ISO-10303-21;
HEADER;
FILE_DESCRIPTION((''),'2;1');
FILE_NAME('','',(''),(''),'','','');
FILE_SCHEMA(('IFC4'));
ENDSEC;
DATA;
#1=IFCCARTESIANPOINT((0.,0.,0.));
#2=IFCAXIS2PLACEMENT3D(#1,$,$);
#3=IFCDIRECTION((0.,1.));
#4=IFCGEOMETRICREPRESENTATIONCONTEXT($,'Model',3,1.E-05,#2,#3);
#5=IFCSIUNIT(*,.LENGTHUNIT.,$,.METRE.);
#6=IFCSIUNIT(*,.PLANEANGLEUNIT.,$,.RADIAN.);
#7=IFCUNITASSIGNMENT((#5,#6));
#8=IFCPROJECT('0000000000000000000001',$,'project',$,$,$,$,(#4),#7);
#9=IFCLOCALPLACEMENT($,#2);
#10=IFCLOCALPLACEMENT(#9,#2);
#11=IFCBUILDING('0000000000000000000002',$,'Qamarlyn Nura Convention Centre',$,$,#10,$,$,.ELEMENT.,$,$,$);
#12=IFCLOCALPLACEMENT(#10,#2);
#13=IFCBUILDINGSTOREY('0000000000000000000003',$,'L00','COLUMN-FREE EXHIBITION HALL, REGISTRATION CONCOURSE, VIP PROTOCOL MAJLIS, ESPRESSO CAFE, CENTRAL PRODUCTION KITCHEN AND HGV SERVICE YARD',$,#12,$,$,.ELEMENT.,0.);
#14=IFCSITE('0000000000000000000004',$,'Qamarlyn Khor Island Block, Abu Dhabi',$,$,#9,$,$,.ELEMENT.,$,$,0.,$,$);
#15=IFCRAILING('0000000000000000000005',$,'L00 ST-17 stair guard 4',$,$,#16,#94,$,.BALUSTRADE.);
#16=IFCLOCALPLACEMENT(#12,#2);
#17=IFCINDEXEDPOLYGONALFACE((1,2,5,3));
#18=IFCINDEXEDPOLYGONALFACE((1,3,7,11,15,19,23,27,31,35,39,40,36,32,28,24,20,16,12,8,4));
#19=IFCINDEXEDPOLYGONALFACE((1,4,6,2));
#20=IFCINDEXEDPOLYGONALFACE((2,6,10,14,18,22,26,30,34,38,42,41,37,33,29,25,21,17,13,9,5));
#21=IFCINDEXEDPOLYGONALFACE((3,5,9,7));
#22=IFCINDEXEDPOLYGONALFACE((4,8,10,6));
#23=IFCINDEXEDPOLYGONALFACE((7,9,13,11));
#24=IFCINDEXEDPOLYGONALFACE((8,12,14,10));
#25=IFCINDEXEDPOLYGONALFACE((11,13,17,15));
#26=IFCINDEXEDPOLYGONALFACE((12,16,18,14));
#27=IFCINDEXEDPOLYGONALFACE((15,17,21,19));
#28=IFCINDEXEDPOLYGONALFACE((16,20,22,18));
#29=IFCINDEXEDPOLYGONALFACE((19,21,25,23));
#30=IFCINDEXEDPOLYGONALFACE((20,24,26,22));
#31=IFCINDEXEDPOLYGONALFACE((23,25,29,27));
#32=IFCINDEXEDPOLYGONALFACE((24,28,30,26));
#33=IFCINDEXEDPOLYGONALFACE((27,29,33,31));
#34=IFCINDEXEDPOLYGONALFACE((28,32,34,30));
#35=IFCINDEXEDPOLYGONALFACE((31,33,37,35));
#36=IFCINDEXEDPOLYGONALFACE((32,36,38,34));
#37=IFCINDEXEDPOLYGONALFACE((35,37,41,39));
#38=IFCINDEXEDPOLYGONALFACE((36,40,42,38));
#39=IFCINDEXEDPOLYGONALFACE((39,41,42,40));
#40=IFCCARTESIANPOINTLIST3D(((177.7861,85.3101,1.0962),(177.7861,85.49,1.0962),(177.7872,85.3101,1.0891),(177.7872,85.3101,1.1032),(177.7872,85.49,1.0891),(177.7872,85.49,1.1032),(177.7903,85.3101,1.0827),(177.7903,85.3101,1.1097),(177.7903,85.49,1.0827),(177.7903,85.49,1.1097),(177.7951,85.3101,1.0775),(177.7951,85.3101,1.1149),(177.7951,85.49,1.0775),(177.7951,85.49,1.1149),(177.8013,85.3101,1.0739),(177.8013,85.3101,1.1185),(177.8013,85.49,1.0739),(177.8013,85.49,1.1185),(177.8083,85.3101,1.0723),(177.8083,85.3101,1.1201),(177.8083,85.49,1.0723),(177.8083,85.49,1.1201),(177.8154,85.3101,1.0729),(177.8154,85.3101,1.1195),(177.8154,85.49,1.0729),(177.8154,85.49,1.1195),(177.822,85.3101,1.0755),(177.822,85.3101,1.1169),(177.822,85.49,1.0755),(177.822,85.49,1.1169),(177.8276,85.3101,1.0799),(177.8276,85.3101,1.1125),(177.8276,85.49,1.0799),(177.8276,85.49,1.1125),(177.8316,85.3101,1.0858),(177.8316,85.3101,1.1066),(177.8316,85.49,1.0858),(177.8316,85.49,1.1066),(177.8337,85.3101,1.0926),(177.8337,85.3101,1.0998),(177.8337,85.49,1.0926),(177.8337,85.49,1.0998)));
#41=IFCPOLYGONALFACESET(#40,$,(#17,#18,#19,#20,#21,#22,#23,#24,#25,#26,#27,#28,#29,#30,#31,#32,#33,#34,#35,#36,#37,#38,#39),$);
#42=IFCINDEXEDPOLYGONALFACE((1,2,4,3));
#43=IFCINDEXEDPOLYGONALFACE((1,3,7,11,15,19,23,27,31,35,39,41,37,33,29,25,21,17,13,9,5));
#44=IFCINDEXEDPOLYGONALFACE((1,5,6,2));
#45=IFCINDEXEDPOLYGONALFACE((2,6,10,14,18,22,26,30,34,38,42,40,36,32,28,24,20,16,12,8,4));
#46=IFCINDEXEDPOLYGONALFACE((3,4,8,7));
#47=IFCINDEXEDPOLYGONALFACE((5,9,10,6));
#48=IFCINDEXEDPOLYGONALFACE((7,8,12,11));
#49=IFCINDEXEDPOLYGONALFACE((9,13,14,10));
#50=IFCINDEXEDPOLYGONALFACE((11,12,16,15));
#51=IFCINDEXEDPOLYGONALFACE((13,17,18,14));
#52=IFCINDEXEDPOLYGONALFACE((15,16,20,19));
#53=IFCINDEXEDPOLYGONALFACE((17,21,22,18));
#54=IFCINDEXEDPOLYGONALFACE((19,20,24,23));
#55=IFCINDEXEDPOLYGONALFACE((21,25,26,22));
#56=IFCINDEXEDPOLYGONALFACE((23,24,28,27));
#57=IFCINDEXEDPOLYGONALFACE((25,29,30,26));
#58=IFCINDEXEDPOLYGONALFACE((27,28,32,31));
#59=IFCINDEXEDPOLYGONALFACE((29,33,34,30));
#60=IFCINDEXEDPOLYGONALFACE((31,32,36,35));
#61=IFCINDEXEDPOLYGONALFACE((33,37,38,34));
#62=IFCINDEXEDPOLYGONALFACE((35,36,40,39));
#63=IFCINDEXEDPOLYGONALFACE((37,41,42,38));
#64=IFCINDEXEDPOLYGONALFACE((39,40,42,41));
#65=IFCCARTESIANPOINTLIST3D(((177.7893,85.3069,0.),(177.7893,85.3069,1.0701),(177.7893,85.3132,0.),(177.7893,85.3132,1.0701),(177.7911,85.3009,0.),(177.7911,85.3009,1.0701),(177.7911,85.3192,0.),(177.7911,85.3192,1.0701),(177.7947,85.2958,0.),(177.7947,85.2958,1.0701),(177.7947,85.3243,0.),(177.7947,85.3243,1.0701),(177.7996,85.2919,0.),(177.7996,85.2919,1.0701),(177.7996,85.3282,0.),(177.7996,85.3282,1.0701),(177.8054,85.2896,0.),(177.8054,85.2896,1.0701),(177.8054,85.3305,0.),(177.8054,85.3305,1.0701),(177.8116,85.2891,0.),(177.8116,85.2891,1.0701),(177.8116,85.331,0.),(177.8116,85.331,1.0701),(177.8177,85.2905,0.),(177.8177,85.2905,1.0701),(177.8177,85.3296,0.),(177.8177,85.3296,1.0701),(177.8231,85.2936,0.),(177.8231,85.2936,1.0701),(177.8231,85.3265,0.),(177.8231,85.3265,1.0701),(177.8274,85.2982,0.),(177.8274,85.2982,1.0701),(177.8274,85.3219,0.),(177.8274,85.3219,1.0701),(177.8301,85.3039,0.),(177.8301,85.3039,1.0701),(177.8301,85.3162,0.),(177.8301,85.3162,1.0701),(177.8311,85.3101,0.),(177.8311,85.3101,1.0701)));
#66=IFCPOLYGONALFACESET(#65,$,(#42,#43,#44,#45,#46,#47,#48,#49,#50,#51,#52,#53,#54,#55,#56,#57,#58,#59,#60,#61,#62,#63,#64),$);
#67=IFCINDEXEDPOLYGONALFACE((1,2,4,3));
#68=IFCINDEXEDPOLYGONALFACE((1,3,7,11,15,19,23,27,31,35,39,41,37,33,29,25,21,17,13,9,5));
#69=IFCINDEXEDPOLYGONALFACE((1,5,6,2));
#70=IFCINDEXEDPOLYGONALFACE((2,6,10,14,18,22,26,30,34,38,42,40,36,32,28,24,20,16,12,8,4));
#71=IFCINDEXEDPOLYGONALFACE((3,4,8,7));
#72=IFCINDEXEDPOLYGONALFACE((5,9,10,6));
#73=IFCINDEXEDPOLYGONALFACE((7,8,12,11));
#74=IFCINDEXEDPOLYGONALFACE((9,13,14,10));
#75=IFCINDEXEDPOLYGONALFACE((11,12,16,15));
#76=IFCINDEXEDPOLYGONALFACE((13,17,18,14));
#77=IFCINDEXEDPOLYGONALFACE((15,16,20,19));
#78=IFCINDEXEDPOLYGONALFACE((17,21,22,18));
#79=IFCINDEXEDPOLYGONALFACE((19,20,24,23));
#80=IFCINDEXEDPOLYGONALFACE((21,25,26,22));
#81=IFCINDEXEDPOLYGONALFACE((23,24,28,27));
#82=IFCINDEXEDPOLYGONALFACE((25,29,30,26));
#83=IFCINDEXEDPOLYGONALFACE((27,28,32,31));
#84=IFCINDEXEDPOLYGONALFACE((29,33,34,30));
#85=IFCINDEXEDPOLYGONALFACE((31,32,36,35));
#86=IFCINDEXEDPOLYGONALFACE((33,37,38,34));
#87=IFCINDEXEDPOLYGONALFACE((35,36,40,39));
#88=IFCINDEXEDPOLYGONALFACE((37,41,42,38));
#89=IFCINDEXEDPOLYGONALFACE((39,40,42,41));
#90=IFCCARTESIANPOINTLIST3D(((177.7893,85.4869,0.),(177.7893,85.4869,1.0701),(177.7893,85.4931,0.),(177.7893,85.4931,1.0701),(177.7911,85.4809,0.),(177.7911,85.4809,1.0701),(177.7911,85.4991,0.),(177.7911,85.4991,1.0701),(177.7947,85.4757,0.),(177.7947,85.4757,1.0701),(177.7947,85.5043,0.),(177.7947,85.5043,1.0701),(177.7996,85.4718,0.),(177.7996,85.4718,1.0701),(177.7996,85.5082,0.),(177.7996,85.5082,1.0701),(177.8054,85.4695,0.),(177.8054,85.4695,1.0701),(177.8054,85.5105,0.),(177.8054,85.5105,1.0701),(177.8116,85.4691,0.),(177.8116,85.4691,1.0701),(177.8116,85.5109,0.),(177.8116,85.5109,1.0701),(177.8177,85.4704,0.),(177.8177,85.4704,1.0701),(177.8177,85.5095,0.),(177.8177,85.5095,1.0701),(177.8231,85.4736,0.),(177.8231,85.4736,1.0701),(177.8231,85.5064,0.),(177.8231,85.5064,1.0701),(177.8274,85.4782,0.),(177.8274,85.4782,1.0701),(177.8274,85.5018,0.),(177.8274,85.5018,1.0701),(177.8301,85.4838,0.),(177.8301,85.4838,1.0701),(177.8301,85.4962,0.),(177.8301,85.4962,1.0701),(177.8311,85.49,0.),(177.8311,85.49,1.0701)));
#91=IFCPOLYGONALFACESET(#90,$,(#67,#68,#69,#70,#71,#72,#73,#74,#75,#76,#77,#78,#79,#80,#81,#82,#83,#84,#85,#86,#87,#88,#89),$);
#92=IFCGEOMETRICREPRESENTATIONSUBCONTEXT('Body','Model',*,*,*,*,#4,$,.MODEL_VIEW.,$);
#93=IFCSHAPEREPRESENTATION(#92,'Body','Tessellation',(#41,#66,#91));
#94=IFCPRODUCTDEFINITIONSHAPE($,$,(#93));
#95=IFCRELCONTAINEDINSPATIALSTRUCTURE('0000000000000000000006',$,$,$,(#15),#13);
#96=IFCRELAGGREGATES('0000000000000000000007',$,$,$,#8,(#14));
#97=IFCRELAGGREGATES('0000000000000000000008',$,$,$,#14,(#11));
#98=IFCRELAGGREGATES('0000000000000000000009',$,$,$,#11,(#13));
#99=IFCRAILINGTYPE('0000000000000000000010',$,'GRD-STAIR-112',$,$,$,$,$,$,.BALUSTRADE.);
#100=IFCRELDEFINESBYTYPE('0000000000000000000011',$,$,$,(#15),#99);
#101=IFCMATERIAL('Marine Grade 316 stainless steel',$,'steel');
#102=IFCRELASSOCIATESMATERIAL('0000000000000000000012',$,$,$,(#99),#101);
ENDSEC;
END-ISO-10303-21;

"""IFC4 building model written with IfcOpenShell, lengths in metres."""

from ifc_helpers import new_model, si_unit, direction, frame, origin, origin_2d, place, context, subcontext, project, spatial, circle, extrude, material, type_object, element, save


model = new_model("IFC4")

# Units and contexts
model_context = context("Model", 3, precision=1e-05, world=origin(), true_north=direction((0.0, 1.0)))
body_context = subcontext(model_context, "Body", "Model", "MODEL_VIEW")
ifc_project = project(units=[si_unit("LENGTHUNIT", "METRE"), si_unit("PLANEANGLEUNIT", "RADIAN")], contexts=[model_context])

# Site, building, storey
site_placement = place(None, origin())
site = spatial("IfcSite", under=ifc_project, at=site_placement, Name="Qamarlyn Khor Island Block, Abu Dhabi", CompositionType="ELEMENT", RefElevation=0.0)
building_placement = place(site_placement, origin())
building = spatial("IfcBuilding", under=site, at=building_placement, Name="Qamarlyn Nura Convention Centre", CompositionType="ELEMENT")
storey_placement = place(building_placement, origin())
storey = spatial("IfcBuildingStorey", under=building, at=storey_placement, Name="L00", Description="COLUMN-FREE EXHIBITION HALL, REGISTRATION CONCOURSE, VIP PROTOCOL MAJLIS, ESPRESSO CAFE, CENTRAL PRODUCTION KITCHEN AND HGV SERVICE YARD", CompositionType="ELEMENT", Elevation=0.0)

# Railing
ifc_material_1 = material(Name="Marine Grade 316 stainless steel", Category="steel")
railing_type_1 = type_object("IfcRailingType", Name="GRD-STAIR-112", PredefinedType="BALUSTRADE", material=ifc_material_1)
railing_1_placement = place(storey_placement, frame((177.8101, 85.3101, 0.0)))
element("IfcRailing", 1, at=railing_1_placement, inside=storey, type_object=railing_type_1, Name="L00 ST-17 stair guard 4", PredefinedType="BALUSTRADE", context=body_context, shape_type="SweptSolid", body=[
    extrude(circle(Radius=0.0239, at=origin_2d()), frame((0.0, 0.0, 1.0962), z_axis=(0.0, 1.0, 0.0), x_axis=(-1.0, 0.0, 0.0)), (0.0, 0.0, 1.0), 0.1799),
    extrude(circle(Radius=0.021, at=origin_2d()), origin(), (0.0, 0.0, 1.0), 1.0701),
    extrude(circle(Radius=0.021, at=origin_2d()), frame((0.0, 0.1799, 0.0)), (0.0, 0.0, 1.0), 1.0701),
])

save(model, "model.ifc")
